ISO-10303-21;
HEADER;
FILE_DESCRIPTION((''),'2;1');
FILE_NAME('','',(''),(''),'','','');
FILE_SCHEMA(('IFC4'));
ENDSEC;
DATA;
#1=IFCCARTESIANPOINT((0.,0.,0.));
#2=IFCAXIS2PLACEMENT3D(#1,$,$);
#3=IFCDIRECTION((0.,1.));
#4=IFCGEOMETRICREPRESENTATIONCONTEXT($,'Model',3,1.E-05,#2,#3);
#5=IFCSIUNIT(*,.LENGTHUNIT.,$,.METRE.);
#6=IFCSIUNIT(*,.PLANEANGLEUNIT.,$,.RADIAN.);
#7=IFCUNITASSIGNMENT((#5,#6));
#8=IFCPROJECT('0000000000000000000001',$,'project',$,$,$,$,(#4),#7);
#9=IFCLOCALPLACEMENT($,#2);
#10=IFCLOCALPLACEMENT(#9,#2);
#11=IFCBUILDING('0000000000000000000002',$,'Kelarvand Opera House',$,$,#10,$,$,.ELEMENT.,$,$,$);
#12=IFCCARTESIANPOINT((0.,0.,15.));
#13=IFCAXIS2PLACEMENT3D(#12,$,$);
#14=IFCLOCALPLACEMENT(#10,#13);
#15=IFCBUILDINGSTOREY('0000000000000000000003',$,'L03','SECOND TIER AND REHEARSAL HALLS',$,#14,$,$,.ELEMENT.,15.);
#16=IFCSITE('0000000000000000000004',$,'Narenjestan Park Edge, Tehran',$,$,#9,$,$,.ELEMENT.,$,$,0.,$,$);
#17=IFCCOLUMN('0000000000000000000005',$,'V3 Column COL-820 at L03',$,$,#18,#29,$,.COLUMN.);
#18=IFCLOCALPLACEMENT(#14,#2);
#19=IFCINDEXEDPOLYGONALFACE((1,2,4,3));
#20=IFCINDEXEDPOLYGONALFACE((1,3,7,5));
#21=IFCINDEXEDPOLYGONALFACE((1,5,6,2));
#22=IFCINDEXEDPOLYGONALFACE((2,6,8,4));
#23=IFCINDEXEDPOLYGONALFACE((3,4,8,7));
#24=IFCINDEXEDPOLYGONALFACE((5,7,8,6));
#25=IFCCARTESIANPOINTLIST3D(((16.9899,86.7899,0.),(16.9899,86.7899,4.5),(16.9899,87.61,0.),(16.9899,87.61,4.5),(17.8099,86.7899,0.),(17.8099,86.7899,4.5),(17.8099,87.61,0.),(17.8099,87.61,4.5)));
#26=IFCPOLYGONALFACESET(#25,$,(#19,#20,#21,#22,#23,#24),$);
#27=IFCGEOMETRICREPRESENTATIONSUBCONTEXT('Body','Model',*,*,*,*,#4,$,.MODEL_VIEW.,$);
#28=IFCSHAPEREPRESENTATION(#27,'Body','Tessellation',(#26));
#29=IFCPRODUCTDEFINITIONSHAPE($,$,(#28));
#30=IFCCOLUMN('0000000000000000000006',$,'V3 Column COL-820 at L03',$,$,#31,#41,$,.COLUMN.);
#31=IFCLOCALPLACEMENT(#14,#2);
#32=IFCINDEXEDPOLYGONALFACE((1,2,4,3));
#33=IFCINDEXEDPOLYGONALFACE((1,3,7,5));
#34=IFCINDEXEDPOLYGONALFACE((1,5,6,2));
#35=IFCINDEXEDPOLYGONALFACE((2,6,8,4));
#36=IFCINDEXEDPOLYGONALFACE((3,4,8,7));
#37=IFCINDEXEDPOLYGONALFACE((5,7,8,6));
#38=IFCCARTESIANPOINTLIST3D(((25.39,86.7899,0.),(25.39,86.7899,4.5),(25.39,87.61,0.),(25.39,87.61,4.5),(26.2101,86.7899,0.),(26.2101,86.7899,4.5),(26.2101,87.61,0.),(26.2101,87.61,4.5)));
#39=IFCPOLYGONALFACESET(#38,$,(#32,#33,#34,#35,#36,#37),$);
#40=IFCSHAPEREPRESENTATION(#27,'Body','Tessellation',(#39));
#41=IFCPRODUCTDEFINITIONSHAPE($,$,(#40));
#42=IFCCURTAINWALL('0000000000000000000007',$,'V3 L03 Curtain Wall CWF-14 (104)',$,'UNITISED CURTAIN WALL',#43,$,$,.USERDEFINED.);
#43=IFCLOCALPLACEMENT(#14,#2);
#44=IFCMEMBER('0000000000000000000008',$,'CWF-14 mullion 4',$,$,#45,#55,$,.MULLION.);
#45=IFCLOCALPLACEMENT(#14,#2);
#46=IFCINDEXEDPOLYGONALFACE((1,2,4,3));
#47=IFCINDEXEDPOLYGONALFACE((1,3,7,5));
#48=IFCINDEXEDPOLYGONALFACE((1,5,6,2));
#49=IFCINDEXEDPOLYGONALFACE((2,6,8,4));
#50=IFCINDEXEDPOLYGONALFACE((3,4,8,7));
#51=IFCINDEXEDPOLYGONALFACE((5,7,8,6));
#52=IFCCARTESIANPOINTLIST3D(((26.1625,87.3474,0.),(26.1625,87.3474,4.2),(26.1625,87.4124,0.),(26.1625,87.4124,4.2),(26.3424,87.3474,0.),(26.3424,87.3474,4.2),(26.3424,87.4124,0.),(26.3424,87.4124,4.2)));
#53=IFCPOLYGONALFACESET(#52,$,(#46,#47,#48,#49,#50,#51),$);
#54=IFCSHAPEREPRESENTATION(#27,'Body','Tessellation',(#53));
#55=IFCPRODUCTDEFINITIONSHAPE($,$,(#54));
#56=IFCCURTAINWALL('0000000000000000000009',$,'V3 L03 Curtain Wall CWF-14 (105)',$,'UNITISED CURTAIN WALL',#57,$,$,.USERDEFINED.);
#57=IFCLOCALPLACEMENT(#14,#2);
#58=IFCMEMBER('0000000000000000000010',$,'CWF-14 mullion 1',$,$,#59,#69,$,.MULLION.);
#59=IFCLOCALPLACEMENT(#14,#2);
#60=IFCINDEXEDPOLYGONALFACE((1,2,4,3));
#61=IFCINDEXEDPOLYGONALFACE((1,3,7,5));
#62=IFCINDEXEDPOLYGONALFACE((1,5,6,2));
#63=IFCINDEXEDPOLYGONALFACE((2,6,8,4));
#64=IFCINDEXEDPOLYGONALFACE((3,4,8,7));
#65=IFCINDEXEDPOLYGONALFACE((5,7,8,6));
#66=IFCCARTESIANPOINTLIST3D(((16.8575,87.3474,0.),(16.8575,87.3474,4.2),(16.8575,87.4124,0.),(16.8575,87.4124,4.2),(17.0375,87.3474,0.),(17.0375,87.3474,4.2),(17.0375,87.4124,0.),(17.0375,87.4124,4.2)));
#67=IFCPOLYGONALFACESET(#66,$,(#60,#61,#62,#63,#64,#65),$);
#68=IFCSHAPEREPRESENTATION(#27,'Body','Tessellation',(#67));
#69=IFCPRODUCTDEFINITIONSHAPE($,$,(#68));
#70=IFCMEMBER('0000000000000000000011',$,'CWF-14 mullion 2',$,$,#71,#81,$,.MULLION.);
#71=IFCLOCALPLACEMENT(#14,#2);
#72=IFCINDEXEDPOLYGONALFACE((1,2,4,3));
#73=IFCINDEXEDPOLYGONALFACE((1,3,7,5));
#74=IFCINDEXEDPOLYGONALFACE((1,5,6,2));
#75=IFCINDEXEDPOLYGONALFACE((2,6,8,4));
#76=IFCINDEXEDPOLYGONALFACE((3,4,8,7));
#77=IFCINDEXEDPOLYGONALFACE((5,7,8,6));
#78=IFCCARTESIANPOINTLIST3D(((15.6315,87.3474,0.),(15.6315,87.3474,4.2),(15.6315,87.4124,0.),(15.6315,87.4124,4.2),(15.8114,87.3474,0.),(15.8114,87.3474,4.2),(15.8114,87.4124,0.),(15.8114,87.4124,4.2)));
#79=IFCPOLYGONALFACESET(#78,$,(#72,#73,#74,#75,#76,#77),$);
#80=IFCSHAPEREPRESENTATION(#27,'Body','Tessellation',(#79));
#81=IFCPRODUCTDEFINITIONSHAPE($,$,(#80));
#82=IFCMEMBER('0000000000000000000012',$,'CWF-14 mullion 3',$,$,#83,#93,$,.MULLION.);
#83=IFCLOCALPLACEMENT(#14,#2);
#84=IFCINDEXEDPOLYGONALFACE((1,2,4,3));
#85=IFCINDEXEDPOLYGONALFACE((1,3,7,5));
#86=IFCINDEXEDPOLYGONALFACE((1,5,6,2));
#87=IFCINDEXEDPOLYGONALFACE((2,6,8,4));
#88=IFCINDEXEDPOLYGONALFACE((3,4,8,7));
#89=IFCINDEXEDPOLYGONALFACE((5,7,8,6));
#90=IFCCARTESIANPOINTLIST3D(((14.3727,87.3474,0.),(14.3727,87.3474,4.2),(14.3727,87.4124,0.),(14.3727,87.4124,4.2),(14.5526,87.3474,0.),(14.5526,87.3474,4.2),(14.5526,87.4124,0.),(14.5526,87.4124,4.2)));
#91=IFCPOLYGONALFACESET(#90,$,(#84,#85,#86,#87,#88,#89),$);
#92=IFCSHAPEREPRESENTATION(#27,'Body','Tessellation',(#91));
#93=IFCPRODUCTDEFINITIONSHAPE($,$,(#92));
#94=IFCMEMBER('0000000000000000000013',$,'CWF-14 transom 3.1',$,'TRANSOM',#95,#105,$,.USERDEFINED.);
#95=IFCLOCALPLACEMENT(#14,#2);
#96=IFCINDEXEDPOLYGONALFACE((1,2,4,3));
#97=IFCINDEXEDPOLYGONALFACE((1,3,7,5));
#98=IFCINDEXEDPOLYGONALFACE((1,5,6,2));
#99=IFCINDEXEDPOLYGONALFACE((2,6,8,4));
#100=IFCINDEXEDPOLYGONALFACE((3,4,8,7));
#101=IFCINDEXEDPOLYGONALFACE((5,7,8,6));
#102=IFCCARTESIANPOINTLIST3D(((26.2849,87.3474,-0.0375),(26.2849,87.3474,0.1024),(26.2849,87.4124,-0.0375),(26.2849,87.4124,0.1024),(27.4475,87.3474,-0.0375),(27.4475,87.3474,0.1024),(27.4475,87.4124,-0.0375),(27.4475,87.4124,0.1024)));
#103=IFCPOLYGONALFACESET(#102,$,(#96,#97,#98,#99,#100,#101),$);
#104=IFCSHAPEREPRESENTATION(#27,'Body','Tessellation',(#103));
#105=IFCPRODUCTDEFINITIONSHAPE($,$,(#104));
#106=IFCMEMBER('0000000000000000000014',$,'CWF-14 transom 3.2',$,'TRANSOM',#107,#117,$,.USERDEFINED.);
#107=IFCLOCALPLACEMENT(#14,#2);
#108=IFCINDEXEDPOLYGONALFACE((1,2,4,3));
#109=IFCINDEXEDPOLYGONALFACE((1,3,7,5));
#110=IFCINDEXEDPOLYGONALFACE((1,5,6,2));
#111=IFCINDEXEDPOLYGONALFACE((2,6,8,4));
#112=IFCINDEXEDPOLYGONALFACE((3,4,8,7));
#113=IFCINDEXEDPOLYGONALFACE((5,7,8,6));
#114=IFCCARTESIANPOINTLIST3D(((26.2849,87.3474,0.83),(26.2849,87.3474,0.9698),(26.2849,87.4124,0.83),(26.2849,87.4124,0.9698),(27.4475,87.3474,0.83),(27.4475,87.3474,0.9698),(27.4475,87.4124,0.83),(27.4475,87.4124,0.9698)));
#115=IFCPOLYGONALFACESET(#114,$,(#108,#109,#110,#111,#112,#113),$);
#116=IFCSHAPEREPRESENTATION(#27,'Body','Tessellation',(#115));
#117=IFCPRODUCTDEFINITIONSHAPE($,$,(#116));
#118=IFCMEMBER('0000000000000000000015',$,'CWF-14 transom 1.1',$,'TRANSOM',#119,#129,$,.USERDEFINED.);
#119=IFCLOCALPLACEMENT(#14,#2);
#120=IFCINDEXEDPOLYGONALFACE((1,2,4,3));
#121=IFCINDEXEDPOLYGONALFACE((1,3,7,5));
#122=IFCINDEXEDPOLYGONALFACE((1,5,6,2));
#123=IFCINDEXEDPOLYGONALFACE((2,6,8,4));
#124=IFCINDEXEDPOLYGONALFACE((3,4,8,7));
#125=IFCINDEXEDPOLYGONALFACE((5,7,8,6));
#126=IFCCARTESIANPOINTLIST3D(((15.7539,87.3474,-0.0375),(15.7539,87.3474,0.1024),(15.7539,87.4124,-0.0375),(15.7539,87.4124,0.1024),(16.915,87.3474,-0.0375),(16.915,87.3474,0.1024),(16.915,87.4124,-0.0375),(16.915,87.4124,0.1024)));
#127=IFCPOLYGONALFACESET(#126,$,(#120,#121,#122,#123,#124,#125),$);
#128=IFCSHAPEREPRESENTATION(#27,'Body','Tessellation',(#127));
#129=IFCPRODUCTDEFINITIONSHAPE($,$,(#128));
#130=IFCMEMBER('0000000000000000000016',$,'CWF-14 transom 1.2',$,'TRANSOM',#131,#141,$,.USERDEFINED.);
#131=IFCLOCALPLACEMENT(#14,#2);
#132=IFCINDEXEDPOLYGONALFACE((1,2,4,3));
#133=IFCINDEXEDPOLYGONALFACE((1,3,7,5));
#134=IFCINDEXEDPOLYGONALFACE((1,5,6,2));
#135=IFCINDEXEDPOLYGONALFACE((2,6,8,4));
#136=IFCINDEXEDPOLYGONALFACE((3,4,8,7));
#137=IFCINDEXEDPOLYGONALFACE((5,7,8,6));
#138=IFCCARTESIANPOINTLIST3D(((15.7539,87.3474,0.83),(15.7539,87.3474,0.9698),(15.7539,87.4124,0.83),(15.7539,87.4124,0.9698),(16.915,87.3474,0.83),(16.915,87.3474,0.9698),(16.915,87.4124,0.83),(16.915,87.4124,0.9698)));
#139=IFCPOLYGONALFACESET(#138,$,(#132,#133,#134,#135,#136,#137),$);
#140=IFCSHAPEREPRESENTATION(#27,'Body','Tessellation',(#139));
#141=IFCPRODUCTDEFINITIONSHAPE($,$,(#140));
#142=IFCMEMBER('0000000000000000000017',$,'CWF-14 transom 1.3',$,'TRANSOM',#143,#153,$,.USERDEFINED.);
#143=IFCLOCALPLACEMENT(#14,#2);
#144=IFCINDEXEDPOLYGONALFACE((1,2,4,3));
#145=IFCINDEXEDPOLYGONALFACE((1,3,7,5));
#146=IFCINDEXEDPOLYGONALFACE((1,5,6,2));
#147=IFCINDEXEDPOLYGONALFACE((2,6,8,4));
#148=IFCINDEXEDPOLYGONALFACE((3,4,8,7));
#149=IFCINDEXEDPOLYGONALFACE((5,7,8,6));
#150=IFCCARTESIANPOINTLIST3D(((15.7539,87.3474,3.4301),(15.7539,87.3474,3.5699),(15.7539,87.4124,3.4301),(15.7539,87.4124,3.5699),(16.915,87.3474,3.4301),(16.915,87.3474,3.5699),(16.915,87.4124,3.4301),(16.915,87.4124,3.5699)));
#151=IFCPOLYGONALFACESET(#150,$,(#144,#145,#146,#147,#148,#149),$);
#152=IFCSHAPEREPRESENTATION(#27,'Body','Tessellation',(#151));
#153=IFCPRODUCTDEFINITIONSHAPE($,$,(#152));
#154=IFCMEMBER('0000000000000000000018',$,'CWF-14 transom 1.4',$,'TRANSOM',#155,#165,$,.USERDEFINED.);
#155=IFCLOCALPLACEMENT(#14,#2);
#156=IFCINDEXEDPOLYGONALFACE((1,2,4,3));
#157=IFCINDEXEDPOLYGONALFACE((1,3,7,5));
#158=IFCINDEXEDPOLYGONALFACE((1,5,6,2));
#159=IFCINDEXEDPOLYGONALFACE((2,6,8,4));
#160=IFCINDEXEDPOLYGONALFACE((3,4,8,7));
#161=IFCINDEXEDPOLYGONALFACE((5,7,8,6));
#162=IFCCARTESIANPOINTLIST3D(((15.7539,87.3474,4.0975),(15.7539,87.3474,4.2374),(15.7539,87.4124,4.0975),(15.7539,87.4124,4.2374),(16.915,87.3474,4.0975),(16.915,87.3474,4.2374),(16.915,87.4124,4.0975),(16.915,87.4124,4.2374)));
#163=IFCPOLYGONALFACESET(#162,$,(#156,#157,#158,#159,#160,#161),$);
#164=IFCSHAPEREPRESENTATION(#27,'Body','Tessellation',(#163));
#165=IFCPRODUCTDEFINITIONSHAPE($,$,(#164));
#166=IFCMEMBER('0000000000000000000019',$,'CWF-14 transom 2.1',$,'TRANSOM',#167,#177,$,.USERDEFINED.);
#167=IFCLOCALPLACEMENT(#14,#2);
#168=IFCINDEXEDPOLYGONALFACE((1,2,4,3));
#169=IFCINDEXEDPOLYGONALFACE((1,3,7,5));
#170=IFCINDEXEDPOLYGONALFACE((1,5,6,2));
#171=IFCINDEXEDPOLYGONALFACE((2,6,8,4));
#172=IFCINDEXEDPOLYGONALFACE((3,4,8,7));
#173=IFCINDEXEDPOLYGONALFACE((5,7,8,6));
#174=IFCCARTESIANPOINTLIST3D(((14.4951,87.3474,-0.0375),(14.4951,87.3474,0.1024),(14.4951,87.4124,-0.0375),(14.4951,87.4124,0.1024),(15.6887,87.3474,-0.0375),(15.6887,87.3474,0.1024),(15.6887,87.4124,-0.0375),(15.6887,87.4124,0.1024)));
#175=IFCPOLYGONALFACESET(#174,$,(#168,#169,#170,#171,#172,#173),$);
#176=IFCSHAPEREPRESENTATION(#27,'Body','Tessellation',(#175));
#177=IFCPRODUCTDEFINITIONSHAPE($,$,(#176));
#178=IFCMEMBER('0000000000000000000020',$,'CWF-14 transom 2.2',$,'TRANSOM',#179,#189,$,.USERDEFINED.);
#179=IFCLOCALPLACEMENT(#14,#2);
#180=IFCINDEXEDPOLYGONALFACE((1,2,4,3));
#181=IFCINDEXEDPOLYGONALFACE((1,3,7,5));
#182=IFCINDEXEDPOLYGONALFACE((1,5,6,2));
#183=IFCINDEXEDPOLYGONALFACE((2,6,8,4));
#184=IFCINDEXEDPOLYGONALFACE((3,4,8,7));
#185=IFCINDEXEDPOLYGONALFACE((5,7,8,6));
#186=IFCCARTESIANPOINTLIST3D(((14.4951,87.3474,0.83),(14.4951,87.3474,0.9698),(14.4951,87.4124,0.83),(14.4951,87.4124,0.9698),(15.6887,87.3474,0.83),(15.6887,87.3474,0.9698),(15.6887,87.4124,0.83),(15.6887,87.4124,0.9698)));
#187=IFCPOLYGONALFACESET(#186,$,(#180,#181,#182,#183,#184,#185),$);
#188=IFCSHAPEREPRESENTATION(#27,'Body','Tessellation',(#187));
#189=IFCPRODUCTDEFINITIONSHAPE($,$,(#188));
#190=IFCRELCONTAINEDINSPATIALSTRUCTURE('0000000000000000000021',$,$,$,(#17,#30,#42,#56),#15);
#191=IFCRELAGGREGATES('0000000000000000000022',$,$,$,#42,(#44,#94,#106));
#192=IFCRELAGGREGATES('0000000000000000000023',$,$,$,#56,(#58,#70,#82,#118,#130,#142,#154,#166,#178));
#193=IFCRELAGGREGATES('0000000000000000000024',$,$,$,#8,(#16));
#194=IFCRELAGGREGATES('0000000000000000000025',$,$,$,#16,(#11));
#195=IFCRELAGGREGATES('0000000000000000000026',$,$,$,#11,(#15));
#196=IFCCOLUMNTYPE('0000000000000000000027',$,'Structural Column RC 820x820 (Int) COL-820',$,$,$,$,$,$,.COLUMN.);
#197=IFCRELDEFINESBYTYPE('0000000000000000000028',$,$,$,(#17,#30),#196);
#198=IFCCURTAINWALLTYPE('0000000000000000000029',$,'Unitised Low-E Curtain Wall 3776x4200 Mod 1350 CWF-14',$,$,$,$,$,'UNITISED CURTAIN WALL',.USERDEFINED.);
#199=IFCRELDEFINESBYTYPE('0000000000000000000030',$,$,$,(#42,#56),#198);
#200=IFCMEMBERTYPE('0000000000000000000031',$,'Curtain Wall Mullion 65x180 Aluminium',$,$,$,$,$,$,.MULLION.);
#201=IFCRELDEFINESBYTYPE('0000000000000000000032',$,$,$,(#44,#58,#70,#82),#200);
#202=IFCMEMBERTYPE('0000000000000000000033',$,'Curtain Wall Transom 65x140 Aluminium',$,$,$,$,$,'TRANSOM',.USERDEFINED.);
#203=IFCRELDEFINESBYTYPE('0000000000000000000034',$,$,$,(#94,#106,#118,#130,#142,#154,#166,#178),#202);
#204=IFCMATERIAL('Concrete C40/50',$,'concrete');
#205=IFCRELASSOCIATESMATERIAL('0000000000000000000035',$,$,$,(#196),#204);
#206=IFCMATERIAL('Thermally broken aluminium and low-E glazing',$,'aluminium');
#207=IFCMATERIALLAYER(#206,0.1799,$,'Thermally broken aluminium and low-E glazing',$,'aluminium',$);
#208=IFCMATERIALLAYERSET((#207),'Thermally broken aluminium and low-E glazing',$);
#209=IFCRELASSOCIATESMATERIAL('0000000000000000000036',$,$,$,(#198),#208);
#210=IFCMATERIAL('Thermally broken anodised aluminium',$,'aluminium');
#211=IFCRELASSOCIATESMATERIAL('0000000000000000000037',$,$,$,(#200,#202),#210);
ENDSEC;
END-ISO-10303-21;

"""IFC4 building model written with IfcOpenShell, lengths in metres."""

from ifc_helpers import new_model, si_unit, direction, frame, origin, origin_2d, place, context, subcontext, project, spatial, rectangle, extrude, material, layer, layer_set, material_profile, profile_set, type_object, element, aggregate, save


model = new_model("IFC4")

# Units and contexts
model_context = context("Model", 3, precision=1e-05, world=origin(), true_north=direction((0.0, 1.0)))
body_context = subcontext(model_context, "Body", "Model", "MODEL_VIEW")
ifc_project = project(units=[si_unit("LENGTHUNIT", "METRE"), si_unit("PLANEANGLEUNIT", "RADIAN")], contexts=[model_context])

# Site, building, storey
site_placement = place(None, origin())
site = spatial("IfcSite", under=ifc_project, at=site_placement, Name="Narenjestan Park Edge, Tehran", CompositionType="ELEMENT", RefElevation=0.0)
building_placement = place(site_placement, origin())
building = spatial("IfcBuilding", under=site, at=building_placement, Name="Kelarvand Opera House", CompositionType="ELEMENT")
storey_placement = place(building_placement, frame((0.0, 0.0, 15.0)))
storey = spatial("IfcBuildingStorey", under=building, at=storey_placement, Name="L03", Description="SECOND TIER AND REHEARSAL HALLS", CompositionType="ELEMENT", Elevation=15.0)

# Columns
ifc_material_1 = material(Name="Concrete C40/50", Category="concrete")
ifc_material_profile_1 = material_profile(ifc_material_1, rectangle(XDim=0.8201, YDim=0.8201, at=origin_2d()), Name="RC 820x820", Category="concrete")
ifc_profile_set_1 = profile_set([ifc_material_profile_1], Name="Concrete C40/50")
column_type = type_object("IfcColumnType", Name="Structural Column RC 820x820 (Int) COL-820", PredefinedType="COLUMN", material=ifc_profile_set_1)
for number, where, z_axis, x_axis, name in (
    (1, (17.3999, 87.2, 0.0), (0.0, 0.0, 1.0), (1.0, 0.0, 0.0), "V3 Column COL-820 at L03"),
    (2, (25.8, 87.2, 0.0), (0.0, 0.0, 1.0), (1.0, 0.0, 0.0), "V3 Column COL-820 at L03"),
):
    element("IfcColumn", number, at=place(storey_placement, frame(where, z_axis=z_axis, x_axis=x_axis)), inside=storey, type_object=column_type, Name=name, PredefinedType="COLUMN", context=body_context, shape_type="SweptSolid", body=[
        extrude(rectangle(XDim=0.8201, YDim=0.8201, at=origin_2d()), origin(), (0.0, 0.0, 1.0), 4.5),
    ])

# Curtain wall, member
ifc_material_2 = material(Name="Thermally broken aluminium and low-E glazing", Category="aluminium")
ifc_layer_1 = layer(ifc_material_2, 0.1799, Name="Thermally broken aluminium and low-E glazing", Category="aluminium")
ifc_layer_set_1 = layer_set([ifc_layer_1], Name="Thermally broken aluminium and low-E glazing")
curtain_wall_type = type_object("IfcCurtainWallType", Name="Unitised Low-E Curtain Wall 3776x4200 Mod 1350 CWF-14", ElementType="UNITISED CURTAIN WALL", PredefinedType="USERDEFINED", material=ifc_layer_set_1)
curtain_wall_1_placement = place(storey_placement, origin())
curtain_wall_1 = element("IfcCurtainWall", 3, at=curtain_wall_1_placement, inside=storey, type_object=curtain_wall_type, Name="V3 L03 Curtain Wall CWF-14 (104)", ObjectType="UNITISED CURTAIN WALL", PredefinedType="USERDEFINED")
ifc_material_3 = material(Name="Thermally broken anodised aluminium", Category="aluminium")
ifc_material_profile_2 = material_profile(ifc_material_3, rectangle(XDim=0.0649, YDim=0.1799, at=origin_2d()), Name="ALU MULLION 65x180", Category="aluminium")
ifc_profile_set_2 = profile_set([ifc_material_profile_2], Name="Thermally broken anodised aluminium")
member_type_1 = type_object("IfcMemberType", Name="Curtain Wall Mullion 65x180 Aluminium", PredefinedType="MULLION", material=ifc_profile_set_2)
member_1_placement = place(storey_placement, frame((26.2524, 87.3799, 0.0), z_axis=(0.0, 0.0, 1.0), x_axis=(0.0, -1.0, 0.0)))
member_1 = element("IfcMember", 4, at=member_1_placement, type_object=member_type_1, Name="CWF-14 mullion 4", PredefinedType="MULLION", context=body_context, shape_type="SweptSolid", body=[
    extrude(rectangle(XDim=0.0649, YDim=0.1799, at=origin_2d()), origin(), (0.0, 0.0, 1.0), 4.2),
])

# Curtain wall, members
curtain_wall_2_placement = place(storey_placement, origin())
curtain_wall_2 = element("IfcCurtainWall", 5, at=curtain_wall_2_placement, inside=storey, type_object=curtain_wall_type, Name="V3 L03 Curtain Wall CWF-14 (105)", ObjectType="UNITISED CURTAIN WALL", PredefinedType="USERDEFINED")
member_2_placement = place(storey_placement, frame((16.9475, 87.3799, 0.0), z_axis=(0.0, 0.0, 1.0), x_axis=(0.0, -1.0, 0.0)))
member_2 = element("IfcMember", 6, at=member_2_placement, type_object=member_type_1, Name="CWF-14 mullion 1", PredefinedType="MULLION", context=body_context, shape_type="SweptSolid", body=[
    extrude(rectangle(XDim=0.0649, YDim=0.1799, at=origin_2d()), origin(), (0.0, 0.0, 1.0), 4.2),
])
member_3_placement = place(storey_placement, frame((15.7214, 87.3799, 0.0), z_axis=(0.0, 0.0, 1.0), x_axis=(0.0, -1.0, 0.0)))
member_3 = element("IfcMember", 7, at=member_3_placement, type_object=member_type_1, Name="CWF-14 mullion 2", PredefinedType="MULLION", context=body_context, shape_type="SweptSolid", body=[
    extrude(rectangle(XDim=0.0649, YDim=0.1799, at=origin_2d()), origin(), (0.0, 0.0, 1.0), 4.2),
])
member_4_placement = place(storey_placement, frame((14.4626, 87.3799, 0.0), z_axis=(0.0, 0.0, 1.0), x_axis=(0.0, -1.0, 0.0)))
member_4 = element("IfcMember", 8, at=member_4_placement, type_object=member_type_1, Name="CWF-14 mullion 3", PredefinedType="MULLION", context=body_context, shape_type="SweptSolid", body=[
    extrude(rectangle(XDim=0.0649, YDim=0.1799, at=origin_2d()), origin(), (0.0, 0.0, 1.0), 4.2),
])

# Members
ifc_material_profile_3 = material_profile(ifc_material_3, rectangle(XDim=0.0649, YDim=0.1399, at=origin_2d()), Name="ALU TRANSOM 65x140", Category="aluminium")
ifc_profile_set_3 = profile_set([ifc_material_profile_3], Name="Thermally broken anodised aluminium")
member_type_2 = type_object("IfcMemberType", Name="Curtain Wall Transom 65x140 Aluminium", ElementType="TRANSOM", PredefinedType="USERDEFINED", material=ifc_profile_set_3)
member_5_placement = place(storey_placement, frame((27.4475, 87.3799, 0.0325), z_axis=(-1.0, 0.0, 0.0), x_axis=(0.0, -1.0, 0.0)))
member_5 = element("IfcMember", 9, at=member_5_placement, type_object=member_type_2, Name="CWF-14 transom 3.1", ObjectType="TRANSOM", PredefinedType="USERDEFINED", context=body_context, shape_type="SweptSolid", body=[
    extrude(rectangle(XDim=0.0649, YDim=0.1399, at=origin_2d()), origin(), (0.0, 0.0, 1.0), 1.1626),
])
member_6_placement = place(storey_placement, frame((27.4475, 87.3799, 0.8999), z_axis=(-1.0, 0.0, 0.0), x_axis=(0.0, -1.0, 0.0)))
member_6 = element("IfcMember", 10, at=member_6_placement, type_object=member_type_2, Name="CWF-14 transom 3.2", ObjectType="TRANSOM", PredefinedType="USERDEFINED", context=body_context, shape_type="SweptSolid", body=[
    extrude(rectangle(XDim=0.0649, YDim=0.1399, at=origin_2d()), origin(), (0.0, 0.0, 1.0), 1.1626),
])
member_7_placement = place(storey_placement, frame((16.915, 87.3799, 0.0325), z_axis=(-1.0, 0.0, 0.0), x_axis=(0.0, -1.0, 0.0)))
member_7 = element("IfcMember", 11, at=member_7_placement, type_object=member_type_2, Name="CWF-14 transom 1.1", ObjectType="TRANSOM", PredefinedType="USERDEFINED", context=body_context, shape_type="SweptSolid", body=[
    extrude(rectangle(XDim=0.0649, YDim=0.1399, at=origin_2d()), origin(), (0.0, 0.0, 1.0), 1.1611),
])
member_8_placement = place(storey_placement, frame((16.915, 87.3799, 0.8999), z_axis=(-1.0, 0.0, 0.0), x_axis=(0.0, -1.0, 0.0)))
member_8 = element("IfcMember", 12, at=member_8_placement, type_object=member_type_2, Name="CWF-14 transom 1.2", ObjectType="TRANSOM", PredefinedType="USERDEFINED", context=body_context, shape_type="SweptSolid", body=[
    extrude(rectangle(XDim=0.0649, YDim=0.1399, at=origin_2d()), origin(), (0.0, 0.0, 1.0), 1.1611),
])
member_9_placement = place(storey_placement, frame((16.915, 87.3799, 3.5), z_axis=(-1.0, 0.0, 0.0), x_axis=(0.0, -1.0, 0.0)))
member_9 = element("IfcMember", 13, at=member_9_placement, type_object=member_type_2, Name="CWF-14 transom 1.3", ObjectType="TRANSOM", PredefinedType="USERDEFINED", context=body_context, shape_type="SweptSolid", body=[
    extrude(rectangle(XDim=0.0649, YDim=0.1399, at=origin_2d()), origin(), (0.0, 0.0, 1.0), 1.1611),
])
member_10_placement = place(storey_placement, frame((16.915, 87.3799, 4.1675), z_axis=(-1.0, 0.0, 0.0), x_axis=(0.0, -1.0, 0.0)))
member_10 = element("IfcMember", 14, at=member_10_placement, type_object=member_type_2, Name="CWF-14 transom 1.4", ObjectType="TRANSOM", PredefinedType="USERDEFINED", context=body_context, shape_type="SweptSolid", body=[
    extrude(rectangle(XDim=0.0649, YDim=0.1399, at=origin_2d()), origin(), (0.0, 0.0, 1.0), 1.1611),
])
member_11_placement = place(storey_placement, frame((15.6887, 87.3799, 0.0325), z_axis=(-1.0, 0.0, 0.0), x_axis=(0.0, -1.0, 0.0)))
member_11 = element("IfcMember", 15, at=member_11_placement, type_object=member_type_2, Name="CWF-14 transom 2.1", ObjectType="TRANSOM", PredefinedType="USERDEFINED", context=body_context, shape_type="SweptSolid", body=[
    extrude(rectangle(XDim=0.0649, YDim=0.1399, at=origin_2d()), origin(), (0.0, 0.0, 1.0), 1.1936),
])
member_12_placement = place(storey_placement, frame((15.6887, 87.3799, 0.8999), z_axis=(-1.0, 0.0, 0.0), x_axis=(0.0, -1.0, 0.0)))
member_12 = element("IfcMember", 16, at=member_12_placement, type_object=member_type_2, Name="CWF-14 transom 2.2", ObjectType="TRANSOM", PredefinedType="USERDEFINED", context=body_context, shape_type="SweptSolid", body=[
    extrude(rectangle(XDim=0.0649, YDim=0.1399, at=origin_2d()), origin(), (0.0, 0.0, 1.0), 1.1936),
])

aggregate(curtain_wall_1, [member_1, member_5, member_6])
aggregate(curtain_wall_2, [member_2, member_3, member_4, member_7, member_8, member_9, member_10, member_11, member_12])

save(model, "model.ifc")
